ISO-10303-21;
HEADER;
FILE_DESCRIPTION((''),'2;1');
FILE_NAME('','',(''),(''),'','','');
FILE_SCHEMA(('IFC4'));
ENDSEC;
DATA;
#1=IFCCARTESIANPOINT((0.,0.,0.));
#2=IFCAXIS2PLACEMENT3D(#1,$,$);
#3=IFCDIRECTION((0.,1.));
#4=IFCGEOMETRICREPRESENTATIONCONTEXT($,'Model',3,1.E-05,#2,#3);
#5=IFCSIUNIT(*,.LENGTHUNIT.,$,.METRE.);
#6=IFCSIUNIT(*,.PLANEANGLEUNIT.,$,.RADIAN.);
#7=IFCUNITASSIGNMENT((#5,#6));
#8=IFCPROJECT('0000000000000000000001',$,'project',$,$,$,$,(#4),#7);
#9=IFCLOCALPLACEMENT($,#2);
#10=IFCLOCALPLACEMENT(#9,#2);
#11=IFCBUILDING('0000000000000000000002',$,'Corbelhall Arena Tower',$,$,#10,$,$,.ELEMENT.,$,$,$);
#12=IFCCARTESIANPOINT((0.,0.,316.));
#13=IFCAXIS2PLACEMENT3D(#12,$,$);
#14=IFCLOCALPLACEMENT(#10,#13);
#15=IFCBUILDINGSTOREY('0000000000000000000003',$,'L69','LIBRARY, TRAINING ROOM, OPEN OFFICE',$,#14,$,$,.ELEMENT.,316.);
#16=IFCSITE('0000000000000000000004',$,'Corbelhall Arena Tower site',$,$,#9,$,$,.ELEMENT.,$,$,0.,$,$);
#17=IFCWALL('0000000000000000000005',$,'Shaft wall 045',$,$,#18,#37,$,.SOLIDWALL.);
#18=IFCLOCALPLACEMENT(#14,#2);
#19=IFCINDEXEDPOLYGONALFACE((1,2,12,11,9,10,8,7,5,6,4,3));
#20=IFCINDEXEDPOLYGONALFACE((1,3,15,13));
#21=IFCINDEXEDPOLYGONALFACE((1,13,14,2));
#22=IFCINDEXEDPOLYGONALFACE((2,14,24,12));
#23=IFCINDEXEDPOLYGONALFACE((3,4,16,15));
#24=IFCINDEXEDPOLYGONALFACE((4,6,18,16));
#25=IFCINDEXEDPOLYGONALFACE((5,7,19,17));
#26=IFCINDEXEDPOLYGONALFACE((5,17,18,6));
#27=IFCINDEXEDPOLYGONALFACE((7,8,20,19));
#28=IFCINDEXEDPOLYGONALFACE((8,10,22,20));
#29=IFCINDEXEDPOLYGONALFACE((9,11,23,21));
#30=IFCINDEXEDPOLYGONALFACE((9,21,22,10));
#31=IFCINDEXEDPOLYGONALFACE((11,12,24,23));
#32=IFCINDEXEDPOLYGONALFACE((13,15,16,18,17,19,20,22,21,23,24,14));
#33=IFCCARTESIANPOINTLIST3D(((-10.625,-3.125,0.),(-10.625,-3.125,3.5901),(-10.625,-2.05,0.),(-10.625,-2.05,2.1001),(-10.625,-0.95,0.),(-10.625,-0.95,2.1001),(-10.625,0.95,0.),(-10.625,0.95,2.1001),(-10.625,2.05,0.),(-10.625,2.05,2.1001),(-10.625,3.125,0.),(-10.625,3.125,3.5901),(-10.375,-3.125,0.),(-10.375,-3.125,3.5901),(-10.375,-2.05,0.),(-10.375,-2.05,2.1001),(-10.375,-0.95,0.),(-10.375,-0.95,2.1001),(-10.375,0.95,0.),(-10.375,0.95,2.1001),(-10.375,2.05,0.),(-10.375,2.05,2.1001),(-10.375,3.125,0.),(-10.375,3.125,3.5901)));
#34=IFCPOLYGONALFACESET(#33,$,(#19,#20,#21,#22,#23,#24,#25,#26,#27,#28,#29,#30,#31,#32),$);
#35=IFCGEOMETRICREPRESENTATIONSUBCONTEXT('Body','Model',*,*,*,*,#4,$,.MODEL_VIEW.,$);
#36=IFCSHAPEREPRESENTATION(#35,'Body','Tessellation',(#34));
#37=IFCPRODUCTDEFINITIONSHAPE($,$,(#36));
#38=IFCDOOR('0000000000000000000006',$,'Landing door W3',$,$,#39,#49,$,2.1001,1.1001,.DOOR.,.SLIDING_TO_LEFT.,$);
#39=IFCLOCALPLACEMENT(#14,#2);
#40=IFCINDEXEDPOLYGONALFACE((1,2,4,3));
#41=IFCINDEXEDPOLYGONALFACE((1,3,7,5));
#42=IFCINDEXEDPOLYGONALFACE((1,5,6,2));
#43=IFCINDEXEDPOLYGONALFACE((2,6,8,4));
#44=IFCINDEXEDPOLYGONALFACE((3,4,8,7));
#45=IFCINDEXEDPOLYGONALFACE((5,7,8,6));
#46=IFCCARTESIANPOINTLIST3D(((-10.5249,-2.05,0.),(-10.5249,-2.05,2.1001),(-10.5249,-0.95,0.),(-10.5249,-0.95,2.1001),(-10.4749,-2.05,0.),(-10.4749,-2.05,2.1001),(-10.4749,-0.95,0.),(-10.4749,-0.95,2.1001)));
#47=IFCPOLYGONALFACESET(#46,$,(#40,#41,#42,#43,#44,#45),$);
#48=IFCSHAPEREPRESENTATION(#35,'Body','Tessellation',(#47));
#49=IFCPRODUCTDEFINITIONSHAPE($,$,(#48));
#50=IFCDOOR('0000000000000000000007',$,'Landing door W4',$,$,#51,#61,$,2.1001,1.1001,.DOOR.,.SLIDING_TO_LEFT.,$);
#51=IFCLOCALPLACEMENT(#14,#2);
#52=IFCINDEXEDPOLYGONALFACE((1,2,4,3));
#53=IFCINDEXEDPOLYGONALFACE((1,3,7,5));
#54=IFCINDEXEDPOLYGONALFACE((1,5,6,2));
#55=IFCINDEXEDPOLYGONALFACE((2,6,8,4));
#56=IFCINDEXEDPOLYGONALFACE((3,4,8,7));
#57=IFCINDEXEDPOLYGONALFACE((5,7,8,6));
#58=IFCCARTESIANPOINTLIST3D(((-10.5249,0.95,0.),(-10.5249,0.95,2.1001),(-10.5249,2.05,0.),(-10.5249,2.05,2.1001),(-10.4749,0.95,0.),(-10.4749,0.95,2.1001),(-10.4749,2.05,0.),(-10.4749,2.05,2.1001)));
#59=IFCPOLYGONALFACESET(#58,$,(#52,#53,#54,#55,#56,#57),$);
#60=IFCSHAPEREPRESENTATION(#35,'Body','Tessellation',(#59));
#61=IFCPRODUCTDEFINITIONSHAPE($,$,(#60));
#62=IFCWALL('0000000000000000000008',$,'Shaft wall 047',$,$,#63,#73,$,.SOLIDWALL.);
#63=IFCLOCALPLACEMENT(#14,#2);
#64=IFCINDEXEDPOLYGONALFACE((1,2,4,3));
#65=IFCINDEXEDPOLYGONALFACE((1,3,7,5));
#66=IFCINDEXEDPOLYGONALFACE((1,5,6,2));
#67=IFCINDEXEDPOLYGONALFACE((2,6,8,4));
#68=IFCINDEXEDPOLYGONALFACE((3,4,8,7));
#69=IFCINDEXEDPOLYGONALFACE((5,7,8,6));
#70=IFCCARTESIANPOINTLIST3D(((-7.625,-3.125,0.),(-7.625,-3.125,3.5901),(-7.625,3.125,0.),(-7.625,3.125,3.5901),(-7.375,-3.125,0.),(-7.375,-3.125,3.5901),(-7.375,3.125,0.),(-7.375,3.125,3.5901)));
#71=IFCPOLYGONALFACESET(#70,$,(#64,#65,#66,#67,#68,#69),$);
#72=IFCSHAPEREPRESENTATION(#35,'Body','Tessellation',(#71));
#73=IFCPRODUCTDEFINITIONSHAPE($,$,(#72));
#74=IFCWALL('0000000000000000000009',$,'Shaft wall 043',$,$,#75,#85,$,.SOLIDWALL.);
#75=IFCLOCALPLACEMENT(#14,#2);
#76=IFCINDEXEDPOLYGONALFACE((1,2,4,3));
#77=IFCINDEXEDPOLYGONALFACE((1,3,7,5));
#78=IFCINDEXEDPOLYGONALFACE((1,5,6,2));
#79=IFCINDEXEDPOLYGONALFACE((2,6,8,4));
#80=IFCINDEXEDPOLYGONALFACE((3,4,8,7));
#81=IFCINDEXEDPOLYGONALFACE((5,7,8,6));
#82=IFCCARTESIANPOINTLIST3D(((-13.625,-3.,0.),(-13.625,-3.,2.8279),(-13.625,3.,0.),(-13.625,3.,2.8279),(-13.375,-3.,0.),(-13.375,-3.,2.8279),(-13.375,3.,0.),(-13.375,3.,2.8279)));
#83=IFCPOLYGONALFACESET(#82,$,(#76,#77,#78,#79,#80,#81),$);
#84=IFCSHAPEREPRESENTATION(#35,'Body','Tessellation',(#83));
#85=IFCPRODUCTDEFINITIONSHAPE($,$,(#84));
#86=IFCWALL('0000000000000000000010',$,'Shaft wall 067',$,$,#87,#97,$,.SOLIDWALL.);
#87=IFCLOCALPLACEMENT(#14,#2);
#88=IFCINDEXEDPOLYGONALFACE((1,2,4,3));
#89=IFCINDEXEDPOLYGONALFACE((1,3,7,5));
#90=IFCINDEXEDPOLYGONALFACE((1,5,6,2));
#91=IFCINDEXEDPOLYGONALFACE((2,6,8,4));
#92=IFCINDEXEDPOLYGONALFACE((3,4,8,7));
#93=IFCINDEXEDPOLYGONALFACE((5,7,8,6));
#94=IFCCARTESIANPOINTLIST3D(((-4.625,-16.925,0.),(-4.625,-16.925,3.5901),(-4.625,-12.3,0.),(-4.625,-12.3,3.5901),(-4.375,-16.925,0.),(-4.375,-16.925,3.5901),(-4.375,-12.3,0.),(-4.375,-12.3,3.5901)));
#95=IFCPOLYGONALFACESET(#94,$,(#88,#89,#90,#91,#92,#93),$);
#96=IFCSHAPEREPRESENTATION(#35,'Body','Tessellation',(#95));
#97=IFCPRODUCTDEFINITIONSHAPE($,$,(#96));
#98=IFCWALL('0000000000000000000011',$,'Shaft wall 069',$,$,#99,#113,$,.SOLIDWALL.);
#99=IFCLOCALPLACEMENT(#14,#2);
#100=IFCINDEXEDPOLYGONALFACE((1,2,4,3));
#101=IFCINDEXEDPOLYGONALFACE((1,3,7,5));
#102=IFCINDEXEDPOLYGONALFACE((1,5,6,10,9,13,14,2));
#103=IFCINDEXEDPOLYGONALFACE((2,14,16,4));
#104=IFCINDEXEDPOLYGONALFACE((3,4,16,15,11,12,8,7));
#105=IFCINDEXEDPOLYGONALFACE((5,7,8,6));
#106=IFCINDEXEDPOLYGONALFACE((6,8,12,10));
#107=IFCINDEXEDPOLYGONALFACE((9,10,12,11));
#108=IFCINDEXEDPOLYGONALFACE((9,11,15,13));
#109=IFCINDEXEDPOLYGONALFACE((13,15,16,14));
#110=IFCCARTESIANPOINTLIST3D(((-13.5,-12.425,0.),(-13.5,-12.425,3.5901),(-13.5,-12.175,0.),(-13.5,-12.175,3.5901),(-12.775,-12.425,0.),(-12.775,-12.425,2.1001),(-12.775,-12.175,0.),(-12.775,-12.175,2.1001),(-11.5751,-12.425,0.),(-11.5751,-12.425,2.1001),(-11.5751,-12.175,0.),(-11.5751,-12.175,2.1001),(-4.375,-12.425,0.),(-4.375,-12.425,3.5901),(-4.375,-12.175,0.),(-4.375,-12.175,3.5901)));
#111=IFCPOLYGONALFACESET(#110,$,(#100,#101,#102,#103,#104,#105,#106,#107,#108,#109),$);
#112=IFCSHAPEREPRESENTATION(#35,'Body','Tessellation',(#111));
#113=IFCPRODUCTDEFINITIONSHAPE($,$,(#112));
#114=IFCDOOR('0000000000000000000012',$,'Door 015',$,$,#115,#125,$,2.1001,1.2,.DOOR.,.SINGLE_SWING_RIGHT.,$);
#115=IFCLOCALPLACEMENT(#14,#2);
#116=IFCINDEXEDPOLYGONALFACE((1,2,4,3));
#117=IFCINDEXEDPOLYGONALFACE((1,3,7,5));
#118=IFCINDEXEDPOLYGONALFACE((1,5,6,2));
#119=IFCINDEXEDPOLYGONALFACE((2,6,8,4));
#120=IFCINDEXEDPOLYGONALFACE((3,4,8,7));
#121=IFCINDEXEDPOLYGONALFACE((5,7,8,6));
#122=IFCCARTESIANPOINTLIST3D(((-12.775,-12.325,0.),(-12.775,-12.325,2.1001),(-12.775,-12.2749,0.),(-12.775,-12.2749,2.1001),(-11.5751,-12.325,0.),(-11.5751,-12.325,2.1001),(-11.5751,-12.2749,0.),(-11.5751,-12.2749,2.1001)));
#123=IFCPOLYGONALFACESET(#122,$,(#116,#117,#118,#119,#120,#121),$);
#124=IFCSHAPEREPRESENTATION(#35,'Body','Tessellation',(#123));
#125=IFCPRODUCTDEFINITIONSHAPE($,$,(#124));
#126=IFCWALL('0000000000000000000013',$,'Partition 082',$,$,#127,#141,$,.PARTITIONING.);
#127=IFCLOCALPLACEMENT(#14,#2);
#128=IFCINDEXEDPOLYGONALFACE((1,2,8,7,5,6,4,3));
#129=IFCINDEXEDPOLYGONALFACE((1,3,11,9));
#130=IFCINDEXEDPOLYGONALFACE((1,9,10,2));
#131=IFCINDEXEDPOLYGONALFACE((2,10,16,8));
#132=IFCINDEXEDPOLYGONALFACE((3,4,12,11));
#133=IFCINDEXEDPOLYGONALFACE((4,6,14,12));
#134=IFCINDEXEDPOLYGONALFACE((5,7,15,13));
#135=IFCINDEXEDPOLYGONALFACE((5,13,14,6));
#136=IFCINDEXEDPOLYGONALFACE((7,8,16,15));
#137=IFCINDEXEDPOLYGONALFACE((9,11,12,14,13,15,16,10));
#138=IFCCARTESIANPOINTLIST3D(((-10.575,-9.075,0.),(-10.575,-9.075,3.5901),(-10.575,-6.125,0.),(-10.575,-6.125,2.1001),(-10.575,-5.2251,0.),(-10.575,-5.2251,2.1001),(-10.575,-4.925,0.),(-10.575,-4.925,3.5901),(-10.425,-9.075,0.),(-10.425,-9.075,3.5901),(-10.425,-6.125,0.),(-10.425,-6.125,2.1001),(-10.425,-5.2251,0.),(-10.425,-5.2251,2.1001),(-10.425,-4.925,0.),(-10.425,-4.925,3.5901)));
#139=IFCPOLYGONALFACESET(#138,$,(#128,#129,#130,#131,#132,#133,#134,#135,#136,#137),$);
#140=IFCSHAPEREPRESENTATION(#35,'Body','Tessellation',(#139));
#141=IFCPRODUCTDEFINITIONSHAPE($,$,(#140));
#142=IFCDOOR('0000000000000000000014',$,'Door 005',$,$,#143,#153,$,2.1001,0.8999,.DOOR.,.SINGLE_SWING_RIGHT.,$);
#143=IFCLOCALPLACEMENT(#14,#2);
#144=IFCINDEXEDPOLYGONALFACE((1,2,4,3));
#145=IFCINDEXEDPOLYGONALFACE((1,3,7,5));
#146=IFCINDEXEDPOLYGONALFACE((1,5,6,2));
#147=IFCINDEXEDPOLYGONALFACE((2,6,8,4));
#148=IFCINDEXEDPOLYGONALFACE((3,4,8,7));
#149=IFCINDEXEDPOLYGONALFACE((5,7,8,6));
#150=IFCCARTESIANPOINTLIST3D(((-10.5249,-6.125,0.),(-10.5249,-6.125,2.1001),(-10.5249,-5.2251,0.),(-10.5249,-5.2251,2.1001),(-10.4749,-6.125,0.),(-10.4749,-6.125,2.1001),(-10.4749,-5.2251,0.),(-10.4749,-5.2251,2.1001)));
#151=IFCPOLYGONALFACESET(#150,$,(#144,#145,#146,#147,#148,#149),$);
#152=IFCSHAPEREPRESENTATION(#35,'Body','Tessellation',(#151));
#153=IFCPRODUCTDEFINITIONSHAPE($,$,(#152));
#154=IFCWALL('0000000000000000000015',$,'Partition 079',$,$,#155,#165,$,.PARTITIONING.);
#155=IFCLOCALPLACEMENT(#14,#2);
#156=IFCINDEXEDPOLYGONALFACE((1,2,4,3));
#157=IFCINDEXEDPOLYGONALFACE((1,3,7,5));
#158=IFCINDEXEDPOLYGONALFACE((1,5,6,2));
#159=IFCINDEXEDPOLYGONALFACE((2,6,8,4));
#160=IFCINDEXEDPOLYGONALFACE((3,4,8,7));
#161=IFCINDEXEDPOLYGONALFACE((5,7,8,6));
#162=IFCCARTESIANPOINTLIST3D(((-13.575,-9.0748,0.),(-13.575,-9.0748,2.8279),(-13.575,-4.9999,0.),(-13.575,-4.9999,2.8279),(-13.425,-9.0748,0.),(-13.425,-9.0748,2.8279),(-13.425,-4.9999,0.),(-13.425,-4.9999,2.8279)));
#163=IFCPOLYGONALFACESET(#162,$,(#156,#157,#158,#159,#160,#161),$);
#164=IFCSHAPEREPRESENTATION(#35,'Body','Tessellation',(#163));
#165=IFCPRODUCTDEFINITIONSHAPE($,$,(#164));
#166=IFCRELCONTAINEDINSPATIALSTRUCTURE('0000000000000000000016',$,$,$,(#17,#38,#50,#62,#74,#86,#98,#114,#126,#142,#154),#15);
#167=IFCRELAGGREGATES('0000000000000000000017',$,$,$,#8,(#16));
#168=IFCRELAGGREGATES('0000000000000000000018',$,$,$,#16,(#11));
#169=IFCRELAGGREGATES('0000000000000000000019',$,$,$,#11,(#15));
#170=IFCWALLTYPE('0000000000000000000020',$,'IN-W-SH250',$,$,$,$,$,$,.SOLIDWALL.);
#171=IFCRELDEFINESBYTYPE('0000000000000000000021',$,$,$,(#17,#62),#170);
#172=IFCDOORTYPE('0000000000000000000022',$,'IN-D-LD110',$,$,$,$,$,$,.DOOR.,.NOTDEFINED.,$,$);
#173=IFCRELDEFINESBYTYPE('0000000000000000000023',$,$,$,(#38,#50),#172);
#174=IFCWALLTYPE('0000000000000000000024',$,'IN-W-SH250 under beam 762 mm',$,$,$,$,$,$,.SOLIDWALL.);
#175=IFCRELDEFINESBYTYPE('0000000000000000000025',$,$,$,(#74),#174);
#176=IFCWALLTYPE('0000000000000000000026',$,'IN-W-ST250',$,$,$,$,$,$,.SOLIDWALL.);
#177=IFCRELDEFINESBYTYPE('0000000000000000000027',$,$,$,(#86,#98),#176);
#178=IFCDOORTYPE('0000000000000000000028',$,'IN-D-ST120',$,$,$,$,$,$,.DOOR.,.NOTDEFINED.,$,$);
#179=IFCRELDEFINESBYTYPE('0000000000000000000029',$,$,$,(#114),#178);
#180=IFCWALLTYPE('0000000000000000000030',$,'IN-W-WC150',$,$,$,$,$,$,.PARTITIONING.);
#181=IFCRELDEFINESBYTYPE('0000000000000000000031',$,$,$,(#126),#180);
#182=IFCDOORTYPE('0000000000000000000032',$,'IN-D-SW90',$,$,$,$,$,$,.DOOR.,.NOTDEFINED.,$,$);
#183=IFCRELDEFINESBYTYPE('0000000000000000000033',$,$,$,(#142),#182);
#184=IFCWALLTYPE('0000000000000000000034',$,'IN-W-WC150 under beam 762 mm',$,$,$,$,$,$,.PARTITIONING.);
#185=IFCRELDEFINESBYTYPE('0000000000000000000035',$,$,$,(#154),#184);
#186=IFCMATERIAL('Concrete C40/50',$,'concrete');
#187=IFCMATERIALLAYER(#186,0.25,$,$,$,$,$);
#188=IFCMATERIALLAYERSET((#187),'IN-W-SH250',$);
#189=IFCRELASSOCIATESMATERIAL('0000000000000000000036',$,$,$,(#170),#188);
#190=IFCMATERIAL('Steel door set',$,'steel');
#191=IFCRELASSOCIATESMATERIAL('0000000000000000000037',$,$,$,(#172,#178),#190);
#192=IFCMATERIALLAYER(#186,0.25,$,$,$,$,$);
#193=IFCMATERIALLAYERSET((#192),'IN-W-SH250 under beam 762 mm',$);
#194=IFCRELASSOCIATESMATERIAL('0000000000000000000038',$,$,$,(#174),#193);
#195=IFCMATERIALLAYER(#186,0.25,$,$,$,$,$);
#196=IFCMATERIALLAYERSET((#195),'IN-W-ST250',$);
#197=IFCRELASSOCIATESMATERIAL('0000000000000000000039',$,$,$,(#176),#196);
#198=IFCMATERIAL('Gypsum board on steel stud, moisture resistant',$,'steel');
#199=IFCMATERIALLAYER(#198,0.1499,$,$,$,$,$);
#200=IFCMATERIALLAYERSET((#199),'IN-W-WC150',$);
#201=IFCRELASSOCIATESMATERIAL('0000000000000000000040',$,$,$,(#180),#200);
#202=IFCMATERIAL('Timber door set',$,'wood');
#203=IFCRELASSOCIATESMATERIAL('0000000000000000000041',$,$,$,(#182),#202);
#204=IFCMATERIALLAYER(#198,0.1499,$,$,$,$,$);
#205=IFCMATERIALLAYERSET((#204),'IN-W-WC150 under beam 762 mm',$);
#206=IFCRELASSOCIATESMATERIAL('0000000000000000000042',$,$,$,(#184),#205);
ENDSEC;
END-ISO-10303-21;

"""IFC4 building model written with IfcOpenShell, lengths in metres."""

from ifc_helpers import new_model, si_unit, direction, frame, frame_2d, origin, place, context, subcontext, project, spatial, rectangle, extrude, material, layer, layer_set, type_object, element, fill, save


model = new_model("IFC4")

# Units and contexts
model_context = context("Model", 3, precision=1e-05, world=origin(), true_north=direction((0.0, 1.0)))
body_context = subcontext(model_context, "Body", "Model", "MODEL_VIEW")
ifc_project = project(units=[si_unit("LENGTHUNIT", "METRE"), si_unit("PLANEANGLEUNIT", "RADIAN")], contexts=[model_context])

# Site, building, storey
site_placement = place(None, origin())
site = spatial("IfcSite", under=ifc_project, at=site_placement, Name="Corbelhall Arena Tower site", CompositionType="ELEMENT", RefElevation=0.0)
building_placement = place(site_placement, origin())
building = spatial("IfcBuilding", under=site, at=building_placement, Name="Corbelhall Arena Tower", CompositionType="ELEMENT")
storey_placement = place(building_placement, frame((0.0, 0.0, 316.0)))
storey = spatial("IfcBuildingStorey", under=building, at=storey_placement, Name="L69", Description="LIBRARY, TRAINING ROOM, OPEN OFFICE", CompositionType="ELEMENT", Elevation=316.0)

# Shared definitions
ifc_material_1 = material(Name="Steel door set", Category="steel")

# Wall, openings, doors
ifc_material_2 = material(Name="Concrete C40/50", Category="concrete")
ifc_layer_1 = layer(ifc_material_2, 0.25)
ifc_layer_set_1 = layer_set([ifc_layer_1], Name="IN-W-SH250")
wall_type_1 = type_object("IfcWallType", Name="IN-W-SH250", PredefinedType="SOLIDWALL", material=ifc_layer_set_1)
wall_1_placement = place(storey_placement, frame((-10.5, -3.125, 0.0), z_axis=(0.0, 0.0, 1.0), x_axis=(0.0, 1.0, 0.0)))
wall_1 = element("IfcWall", 1, at=wall_1_placement, inside=storey, type_object=wall_type_1, Name="Shaft wall 045", PredefinedType="SOLIDWALL", context=body_context, shape_type="SweptSolid", body=[
    extrude(rectangle(XDim=6.25, YDim=0.25, at=frame_2d((3.125, 0.0))), origin(), (0.0, 0.0, 1.0), 3.5901),
])
opening_1_placement = place(wall_1_placement, frame((1.075, 0.0, 0.0)))
opening_1 = element("IfcOpeningElement", 2, at=opening_1_placement, cuts=wall_1, PredefinedType="OPENING", context=body_context, shape_type="SweptSolid", body=[
    extrude(rectangle(XDim=1.1001, YDim=2.1001, at=frame_2d((0.55, 1.05))), frame((0.0, 0.125, 0.0), z_axis=(0.0, -1.0, 0.0), x_axis=(1.0, 0.0, 0.0)), (0.0, 0.0, 1.0), 0.25),
])
opening_2_placement = place(wall_1_placement, frame((4.075, 0.0, 0.0)))
opening_2 = element("IfcOpeningElement", 3, at=opening_2_placement, cuts=wall_1, PredefinedType="OPENING", context=body_context, shape_type="SweptSolid", body=[
    extrude(rectangle(XDim=1.1001, YDim=2.1001, at=frame_2d((0.55, 1.05))), frame((0.0, 0.125, 0.0), z_axis=(0.0, -1.0, 0.0), x_axis=(1.0, 0.0, 0.0)), (0.0, 0.0, 1.0), 0.25),
])
door_type_1 = type_object("IfcDoorType", Name="IN-D-LD110", OperationType="NOTDEFINED", PredefinedType="DOOR", material=ifc_material_1)
door_1_placement = place(opening_1_placement, origin())
door_1 = element("IfcDoor", 4, at=door_1_placement, inside=storey, type_object=door_type_1, Name="Landing door W3", OperationType="SLIDING_TO_LEFT", OverallHeight=2.1001, OverallWidth=1.1001, PredefinedType="DOOR", context=body_context, shape_type="SweptSolid", body=[
    extrude(rectangle(XDim=1.1001, YDim=2.1001, at=frame_2d((0.55, 1.05))), frame((0.0, 0.0249, 0.0), z_axis=(0.0, -1.0, 0.0), x_axis=(1.0, 0.0, 0.0)), (0.0, 0.0, 1.0), 0.05),
])
fill(opening_1, door_1)
door_2_placement = place(opening_2_placement, origin())
door_2 = element("IfcDoor", 5, at=door_2_placement, inside=storey, type_object=door_type_1, Name="Landing door W4", OperationType="SLIDING_TO_LEFT", OverallHeight=2.1001, OverallWidth=1.1001, PredefinedType="DOOR", context=body_context, shape_type="SweptSolid", body=[
    extrude(rectangle(XDim=1.1001, YDim=2.1001, at=frame_2d((0.55, 1.05))), frame((0.0, 0.0249, 0.0), z_axis=(0.0, -1.0, 0.0), x_axis=(1.0, 0.0, 0.0)), (0.0, 0.0, 1.0), 0.05),
])
fill(opening_2, door_2)

# Walls
wall_2_placement = place(storey_placement, frame((-7.5, -3.125, 0.0), z_axis=(0.0, 0.0, 1.0), x_axis=(0.0, 1.0, 0.0)))
element("IfcWall", 6, at=wall_2_placement, inside=storey, type_object=wall_type_1, Name="Shaft wall 047", PredefinedType="SOLIDWALL", context=body_context, shape_type="SweptSolid", body=[
    extrude(rectangle(XDim=6.25, YDim=0.25, at=frame_2d((3.125, 0.0))), origin(), (0.0, 0.0, 1.0), 3.5901),
])
ifc_layer_2 = layer(ifc_material_2, 0.25)
ifc_layer_set_2 = layer_set([ifc_layer_2], Name="IN-W-SH250 under beam 762 mm")
wall_type_2 = type_object("IfcWallType", Name="IN-W-SH250 under beam 762 mm", PredefinedType="SOLIDWALL", material=ifc_layer_set_2)
wall_3_placement = place(storey_placement, frame((-13.5, -3.0, 0.0), z_axis=(0.0, 0.0, 1.0), x_axis=(0.0, 1.0, 0.0)))
element("IfcWall", 7, at=wall_3_placement, inside=storey, type_object=wall_type_2, Name="Shaft wall 043", PredefinedType="SOLIDWALL", context=body_context, shape_type="SweptSolid", body=[
    extrude(rectangle(XDim=6.0, YDim=0.25, at=frame_2d((3.0, 0.0))), origin(), (0.0, 0.0, 1.0), 2.8279),
])
ifc_layer_3 = layer(ifc_material_2, 0.25)
ifc_layer_set_3 = layer_set([ifc_layer_3], Name="IN-W-ST250")
wall_type_3 = type_object("IfcWallType", Name="IN-W-ST250", PredefinedType="SOLIDWALL", material=ifc_layer_set_3)
wall_4_placement = place(storey_placement, frame((-4.5, -12.3, 0.0), z_axis=(0.0, 0.0, 1.0), x_axis=(0.0, -1.0, 0.0)))
element("IfcWall", 8, at=wall_4_placement, inside=storey, type_object=wall_type_3, Name="Shaft wall 067", PredefinedType="SOLIDWALL", context=body_context, shape_type="SweptSolid", body=[
    extrude(rectangle(XDim=4.625, YDim=0.25, at=frame_2d((2.3125, 0.0))), origin(), (0.0, 0.0, 1.0), 3.5901),
])

# Walls, openings, doors
wall_5_placement = place(storey_placement, frame((-4.375, -12.3, 0.0), z_axis=(0.0, 0.0, 1.0), x_axis=(-1.0, 0.0, 0.0)))
wall_5 = element("IfcWall", 9, at=wall_5_placement, inside=storey, type_object=wall_type_3, Name="Shaft wall 069", PredefinedType="SOLIDWALL", context=body_context, shape_type="SweptSolid", body=[
    extrude(rectangle(XDim=9.125, YDim=0.25, at=frame_2d((4.5625, 0.0))), origin(), (0.0, 0.0, 1.0), 3.5901),
])
opening_3_placement = place(wall_5_placement, frame((7.2, 0.0, 0.0)))
opening_3 = element("IfcOpeningElement", 10, at=opening_3_placement, cuts=wall_5, PredefinedType="OPENING", context=body_context, shape_type="SweptSolid", body=[
    extrude(rectangle(XDim=1.2, YDim=2.1001, at=frame_2d((0.6001, 1.05))), frame((0.0, 0.125, 0.0), z_axis=(0.0, -1.0, 0.0), x_axis=(1.0, 0.0, 0.0)), (0.0, 0.0, 1.0), 0.25),
])
door_type_2 = type_object("IfcDoorType", Name="IN-D-ST120", OperationType="NOTDEFINED", PredefinedType="DOOR", material=ifc_material_1)
door_3_placement = place(opening_3_placement, origin())
door_3 = element("IfcDoor", 11, at=door_3_placement, inside=storey, type_object=door_type_2, Name="Door 015", OperationType="SINGLE_SWING_RIGHT", OverallHeight=2.1001, OverallWidth=1.2, PredefinedType="DOOR", context=body_context, shape_type="SweptSolid", body=[
    extrude(rectangle(XDim=1.2, YDim=2.1001, at=frame_2d((0.6001, 1.05))), frame((0.0, 0.0249, 0.0), z_axis=(0.0, -1.0, 0.0), x_axis=(1.0, 0.0, 0.0)), (0.0, 0.0, 1.0), 0.05),
])
fill(opening_3, door_3)
ifc_material_3 = material(Name="Gypsum board on steel stud, moisture resistant", Category="steel")
ifc_layer_4 = layer(ifc_material_3, 0.1499)
ifc_layer_set_4 = layer_set([ifc_layer_4], Name="IN-W-WC150")
wall_type_4 = type_object("IfcWallType", Name="IN-W-WC150", PredefinedType="PARTITIONING", material=ifc_layer_set_4)
wall_6_placement = place(storey_placement, frame((-10.5, -9.075, 0.0), z_axis=(0.0, 0.0, 1.0), x_axis=(0.0, 1.0, 0.0)))
wall_6 = element("IfcWall", 12, at=wall_6_placement, inside=storey, type_object=wall_type_4, Name="Partition 082", PredefinedType="PARTITIONING", context=body_context, shape_type="SweptSolid", body=[
    extrude(rectangle(XDim=4.1499, YDim=0.1499, at=frame_2d((2.075, 0.0))), origin(), (0.0, 0.0, 1.0), 3.5901),
])
opening_4_placement = place(wall_6_placement, frame((2.95, 0.0, 0.0)))
opening_4 = element("IfcOpeningElement", 13, at=opening_4_placement, cuts=wall_6, PredefinedType="OPENING", context=body_context, shape_type="SweptSolid", body=[
    extrude(rectangle(XDim=0.8999, YDim=2.1001, at=frame_2d((0.45, 1.05))), frame((0.0, 0.075, 0.0), z_axis=(0.0, -1.0, 0.0), x_axis=(1.0, 0.0, 0.0)), (0.0, 0.0, 1.0), 0.1499),
])
ifc_material_4 = material(Name="Timber door set", Category="wood")
door_type_3 = type_object("IfcDoorType", Name="IN-D-SW90", OperationType="NOTDEFINED", PredefinedType="DOOR", material=ifc_material_4)
door_4_placement = place(opening_4_placement, origin())
door_4 = element("IfcDoor", 14, at=door_4_placement, inside=storey, type_object=door_type_3, Name="Door 005", OperationType="SINGLE_SWING_RIGHT", OverallHeight=2.1001, OverallWidth=0.8999, PredefinedType="DOOR", context=body_context, shape_type="SweptSolid", body=[
    extrude(rectangle(XDim=0.8999, YDim=2.1001, at=frame_2d((0.45, 1.05))), frame((0.0, 0.0249, 0.0), z_axis=(0.0, -1.0, 0.0), x_axis=(1.0, 0.0, 0.0)), (0.0, 0.0, 1.0), 0.05),
])
fill(opening_4, door_4)

# Wall
ifc_layer_5 = layer(ifc_material_3, 0.1499)
ifc_layer_set_5 = layer_set([ifc_layer_5], Name="IN-W-WC150 under beam 762 mm")
wall_type_5 = type_object("IfcWallType", Name="IN-W-WC150 under beam 762 mm", PredefinedType="PARTITIONING", material=ifc_layer_set_5)
wall_7_placement = place(storey_placement, frame((-13.5, -9.075, 0.0), z_axis=(0.0, 0.0, 1.0), x_axis=(0.0, 1.0, 0.0)))
element("IfcWall", 15, at=wall_7_placement, inside=storey, type_object=wall_type_5, Name="Partition 079", PredefinedType="PARTITIONING", context=body_context, shape_type="SweptSolid", body=[
    extrude(rectangle(XDim=4.075, YDim=0.1499, at=frame_2d((2.0376, 0.0))), origin(), (0.0, 0.0, 1.0), 2.8279),
])

save(model, "model.ifc")
